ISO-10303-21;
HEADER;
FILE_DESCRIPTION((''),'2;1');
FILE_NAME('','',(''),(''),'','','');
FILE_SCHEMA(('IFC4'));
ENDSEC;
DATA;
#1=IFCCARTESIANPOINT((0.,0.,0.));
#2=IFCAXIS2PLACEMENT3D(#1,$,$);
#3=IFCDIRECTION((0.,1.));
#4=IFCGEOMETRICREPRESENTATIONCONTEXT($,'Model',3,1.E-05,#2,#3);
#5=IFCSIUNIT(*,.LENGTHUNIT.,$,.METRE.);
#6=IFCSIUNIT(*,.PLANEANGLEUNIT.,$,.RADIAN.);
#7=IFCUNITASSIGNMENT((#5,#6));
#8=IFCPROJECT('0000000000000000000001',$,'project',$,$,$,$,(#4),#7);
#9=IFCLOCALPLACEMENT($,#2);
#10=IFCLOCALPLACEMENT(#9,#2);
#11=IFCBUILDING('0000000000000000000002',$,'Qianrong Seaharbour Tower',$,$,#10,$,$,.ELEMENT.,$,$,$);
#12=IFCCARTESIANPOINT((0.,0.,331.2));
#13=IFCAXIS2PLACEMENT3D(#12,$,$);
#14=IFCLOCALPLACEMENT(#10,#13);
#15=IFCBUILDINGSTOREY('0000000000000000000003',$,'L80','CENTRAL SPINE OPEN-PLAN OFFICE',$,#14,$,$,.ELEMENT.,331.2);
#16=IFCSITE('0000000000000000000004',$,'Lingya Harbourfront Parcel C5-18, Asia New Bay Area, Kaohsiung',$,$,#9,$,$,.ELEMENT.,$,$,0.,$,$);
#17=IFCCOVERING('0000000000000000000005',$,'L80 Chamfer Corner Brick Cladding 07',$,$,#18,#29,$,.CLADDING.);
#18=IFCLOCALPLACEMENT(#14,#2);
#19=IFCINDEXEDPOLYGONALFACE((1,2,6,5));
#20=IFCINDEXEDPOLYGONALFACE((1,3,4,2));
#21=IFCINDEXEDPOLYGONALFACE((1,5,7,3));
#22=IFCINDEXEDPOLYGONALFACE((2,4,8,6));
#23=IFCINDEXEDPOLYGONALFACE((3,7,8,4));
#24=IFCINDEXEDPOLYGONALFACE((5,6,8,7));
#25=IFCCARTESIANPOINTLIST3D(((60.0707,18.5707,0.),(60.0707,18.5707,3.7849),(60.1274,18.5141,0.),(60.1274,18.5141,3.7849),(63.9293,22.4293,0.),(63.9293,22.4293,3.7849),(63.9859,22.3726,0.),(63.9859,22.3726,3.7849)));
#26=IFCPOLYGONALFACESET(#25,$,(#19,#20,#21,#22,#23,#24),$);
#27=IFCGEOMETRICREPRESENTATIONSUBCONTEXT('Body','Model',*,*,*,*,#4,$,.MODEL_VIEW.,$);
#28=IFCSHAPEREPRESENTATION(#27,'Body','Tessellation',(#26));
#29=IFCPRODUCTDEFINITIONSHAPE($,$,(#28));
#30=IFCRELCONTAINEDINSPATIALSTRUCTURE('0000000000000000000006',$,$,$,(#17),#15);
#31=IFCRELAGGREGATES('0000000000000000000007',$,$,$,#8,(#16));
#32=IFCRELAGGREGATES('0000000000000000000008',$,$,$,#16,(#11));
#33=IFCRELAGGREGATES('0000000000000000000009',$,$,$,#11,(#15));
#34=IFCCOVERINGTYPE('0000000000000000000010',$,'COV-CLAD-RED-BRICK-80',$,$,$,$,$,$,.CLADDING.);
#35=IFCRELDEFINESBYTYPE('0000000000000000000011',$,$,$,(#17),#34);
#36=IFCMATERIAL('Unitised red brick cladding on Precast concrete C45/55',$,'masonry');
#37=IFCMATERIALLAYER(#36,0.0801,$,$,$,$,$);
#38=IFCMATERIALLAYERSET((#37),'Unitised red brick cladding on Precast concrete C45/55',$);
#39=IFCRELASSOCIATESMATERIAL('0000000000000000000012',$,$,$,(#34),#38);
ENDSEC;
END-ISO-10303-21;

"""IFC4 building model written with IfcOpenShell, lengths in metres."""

from ifc_helpers import new_model, si_unit, direction, frame, origin, origin_2d, place, context, subcontext, project, spatial, rectangle, extrude, material, layer, layer_set, type_object, element, save


model = new_model("IFC4")

# Units and contexts
model_context = context("Model", 3, precision=1e-05, world=origin(), true_north=direction((0.0, 1.0)))
body_context = subcontext(model_context, "Body", "Model", "MODEL_VIEW")
ifc_project = project(units=[si_unit("LENGTHUNIT", "METRE"), si_unit("PLANEANGLEUNIT", "RADIAN")], contexts=[model_context])

# Site, building, storey
site_placement = place(None, origin())
site = spatial("IfcSite", under=ifc_project, at=site_placement, Name="Lingya Harbourfront Parcel C5-18, Asia New Bay Area, Kaohsiung", CompositionType="ELEMENT", RefElevation=0.0)
building_placement = place(site_placement, origin())
building = spatial("IfcBuilding", under=site, at=building_placement, Name="Qianrong Seaharbour Tower", CompositionType="ELEMENT")
storey_placement = place(building_placement, frame((0.0, 0.0, 331.2)))
storey = spatial("IfcBuildingStorey", under=building, at=storey_placement, Name="L80", Description="CENTRAL SPINE OPEN-PLAN OFFICE", CompositionType="ELEMENT", Elevation=331.2)

# Covering
ifc_material_1 = material(Name="Unitised red brick cladding on Precast concrete C45/55", Category="masonry")
ifc_layer_1 = layer(ifc_material_1, 0.0801)
ifc_layer_set_1 = layer_set([ifc_layer_1], Name="Unitised red brick cladding on Precast concrete C45/55")
covering_type = type_object("IfcCoveringType", Name="COV-CLAD-RED-BRICK-80", PredefinedType="CLADDING", material=ifc_layer_set_1)
covering_placement = place(storey_placement, frame((62.0283, 20.4717, 0.0), z_axis=(0.0, 0.0, 1.0), x_axis=(-0.707107, -0.707107, 0.0)))
element("IfcCovering", 1, at=covering_placement, inside=storey, type_object=covering_type, Name="L80 Chamfer Corner Brick Cladding 07", PredefinedType="CLADDING", context=body_context, shape_type="SweptSolid", body=[
    extrude(rectangle(XDim=5.4568, YDim=0.0801, at=origin_2d()), origin(), (0.0, 0.0, 1.0), 3.7849),
])

save(model, "model.ifc")
